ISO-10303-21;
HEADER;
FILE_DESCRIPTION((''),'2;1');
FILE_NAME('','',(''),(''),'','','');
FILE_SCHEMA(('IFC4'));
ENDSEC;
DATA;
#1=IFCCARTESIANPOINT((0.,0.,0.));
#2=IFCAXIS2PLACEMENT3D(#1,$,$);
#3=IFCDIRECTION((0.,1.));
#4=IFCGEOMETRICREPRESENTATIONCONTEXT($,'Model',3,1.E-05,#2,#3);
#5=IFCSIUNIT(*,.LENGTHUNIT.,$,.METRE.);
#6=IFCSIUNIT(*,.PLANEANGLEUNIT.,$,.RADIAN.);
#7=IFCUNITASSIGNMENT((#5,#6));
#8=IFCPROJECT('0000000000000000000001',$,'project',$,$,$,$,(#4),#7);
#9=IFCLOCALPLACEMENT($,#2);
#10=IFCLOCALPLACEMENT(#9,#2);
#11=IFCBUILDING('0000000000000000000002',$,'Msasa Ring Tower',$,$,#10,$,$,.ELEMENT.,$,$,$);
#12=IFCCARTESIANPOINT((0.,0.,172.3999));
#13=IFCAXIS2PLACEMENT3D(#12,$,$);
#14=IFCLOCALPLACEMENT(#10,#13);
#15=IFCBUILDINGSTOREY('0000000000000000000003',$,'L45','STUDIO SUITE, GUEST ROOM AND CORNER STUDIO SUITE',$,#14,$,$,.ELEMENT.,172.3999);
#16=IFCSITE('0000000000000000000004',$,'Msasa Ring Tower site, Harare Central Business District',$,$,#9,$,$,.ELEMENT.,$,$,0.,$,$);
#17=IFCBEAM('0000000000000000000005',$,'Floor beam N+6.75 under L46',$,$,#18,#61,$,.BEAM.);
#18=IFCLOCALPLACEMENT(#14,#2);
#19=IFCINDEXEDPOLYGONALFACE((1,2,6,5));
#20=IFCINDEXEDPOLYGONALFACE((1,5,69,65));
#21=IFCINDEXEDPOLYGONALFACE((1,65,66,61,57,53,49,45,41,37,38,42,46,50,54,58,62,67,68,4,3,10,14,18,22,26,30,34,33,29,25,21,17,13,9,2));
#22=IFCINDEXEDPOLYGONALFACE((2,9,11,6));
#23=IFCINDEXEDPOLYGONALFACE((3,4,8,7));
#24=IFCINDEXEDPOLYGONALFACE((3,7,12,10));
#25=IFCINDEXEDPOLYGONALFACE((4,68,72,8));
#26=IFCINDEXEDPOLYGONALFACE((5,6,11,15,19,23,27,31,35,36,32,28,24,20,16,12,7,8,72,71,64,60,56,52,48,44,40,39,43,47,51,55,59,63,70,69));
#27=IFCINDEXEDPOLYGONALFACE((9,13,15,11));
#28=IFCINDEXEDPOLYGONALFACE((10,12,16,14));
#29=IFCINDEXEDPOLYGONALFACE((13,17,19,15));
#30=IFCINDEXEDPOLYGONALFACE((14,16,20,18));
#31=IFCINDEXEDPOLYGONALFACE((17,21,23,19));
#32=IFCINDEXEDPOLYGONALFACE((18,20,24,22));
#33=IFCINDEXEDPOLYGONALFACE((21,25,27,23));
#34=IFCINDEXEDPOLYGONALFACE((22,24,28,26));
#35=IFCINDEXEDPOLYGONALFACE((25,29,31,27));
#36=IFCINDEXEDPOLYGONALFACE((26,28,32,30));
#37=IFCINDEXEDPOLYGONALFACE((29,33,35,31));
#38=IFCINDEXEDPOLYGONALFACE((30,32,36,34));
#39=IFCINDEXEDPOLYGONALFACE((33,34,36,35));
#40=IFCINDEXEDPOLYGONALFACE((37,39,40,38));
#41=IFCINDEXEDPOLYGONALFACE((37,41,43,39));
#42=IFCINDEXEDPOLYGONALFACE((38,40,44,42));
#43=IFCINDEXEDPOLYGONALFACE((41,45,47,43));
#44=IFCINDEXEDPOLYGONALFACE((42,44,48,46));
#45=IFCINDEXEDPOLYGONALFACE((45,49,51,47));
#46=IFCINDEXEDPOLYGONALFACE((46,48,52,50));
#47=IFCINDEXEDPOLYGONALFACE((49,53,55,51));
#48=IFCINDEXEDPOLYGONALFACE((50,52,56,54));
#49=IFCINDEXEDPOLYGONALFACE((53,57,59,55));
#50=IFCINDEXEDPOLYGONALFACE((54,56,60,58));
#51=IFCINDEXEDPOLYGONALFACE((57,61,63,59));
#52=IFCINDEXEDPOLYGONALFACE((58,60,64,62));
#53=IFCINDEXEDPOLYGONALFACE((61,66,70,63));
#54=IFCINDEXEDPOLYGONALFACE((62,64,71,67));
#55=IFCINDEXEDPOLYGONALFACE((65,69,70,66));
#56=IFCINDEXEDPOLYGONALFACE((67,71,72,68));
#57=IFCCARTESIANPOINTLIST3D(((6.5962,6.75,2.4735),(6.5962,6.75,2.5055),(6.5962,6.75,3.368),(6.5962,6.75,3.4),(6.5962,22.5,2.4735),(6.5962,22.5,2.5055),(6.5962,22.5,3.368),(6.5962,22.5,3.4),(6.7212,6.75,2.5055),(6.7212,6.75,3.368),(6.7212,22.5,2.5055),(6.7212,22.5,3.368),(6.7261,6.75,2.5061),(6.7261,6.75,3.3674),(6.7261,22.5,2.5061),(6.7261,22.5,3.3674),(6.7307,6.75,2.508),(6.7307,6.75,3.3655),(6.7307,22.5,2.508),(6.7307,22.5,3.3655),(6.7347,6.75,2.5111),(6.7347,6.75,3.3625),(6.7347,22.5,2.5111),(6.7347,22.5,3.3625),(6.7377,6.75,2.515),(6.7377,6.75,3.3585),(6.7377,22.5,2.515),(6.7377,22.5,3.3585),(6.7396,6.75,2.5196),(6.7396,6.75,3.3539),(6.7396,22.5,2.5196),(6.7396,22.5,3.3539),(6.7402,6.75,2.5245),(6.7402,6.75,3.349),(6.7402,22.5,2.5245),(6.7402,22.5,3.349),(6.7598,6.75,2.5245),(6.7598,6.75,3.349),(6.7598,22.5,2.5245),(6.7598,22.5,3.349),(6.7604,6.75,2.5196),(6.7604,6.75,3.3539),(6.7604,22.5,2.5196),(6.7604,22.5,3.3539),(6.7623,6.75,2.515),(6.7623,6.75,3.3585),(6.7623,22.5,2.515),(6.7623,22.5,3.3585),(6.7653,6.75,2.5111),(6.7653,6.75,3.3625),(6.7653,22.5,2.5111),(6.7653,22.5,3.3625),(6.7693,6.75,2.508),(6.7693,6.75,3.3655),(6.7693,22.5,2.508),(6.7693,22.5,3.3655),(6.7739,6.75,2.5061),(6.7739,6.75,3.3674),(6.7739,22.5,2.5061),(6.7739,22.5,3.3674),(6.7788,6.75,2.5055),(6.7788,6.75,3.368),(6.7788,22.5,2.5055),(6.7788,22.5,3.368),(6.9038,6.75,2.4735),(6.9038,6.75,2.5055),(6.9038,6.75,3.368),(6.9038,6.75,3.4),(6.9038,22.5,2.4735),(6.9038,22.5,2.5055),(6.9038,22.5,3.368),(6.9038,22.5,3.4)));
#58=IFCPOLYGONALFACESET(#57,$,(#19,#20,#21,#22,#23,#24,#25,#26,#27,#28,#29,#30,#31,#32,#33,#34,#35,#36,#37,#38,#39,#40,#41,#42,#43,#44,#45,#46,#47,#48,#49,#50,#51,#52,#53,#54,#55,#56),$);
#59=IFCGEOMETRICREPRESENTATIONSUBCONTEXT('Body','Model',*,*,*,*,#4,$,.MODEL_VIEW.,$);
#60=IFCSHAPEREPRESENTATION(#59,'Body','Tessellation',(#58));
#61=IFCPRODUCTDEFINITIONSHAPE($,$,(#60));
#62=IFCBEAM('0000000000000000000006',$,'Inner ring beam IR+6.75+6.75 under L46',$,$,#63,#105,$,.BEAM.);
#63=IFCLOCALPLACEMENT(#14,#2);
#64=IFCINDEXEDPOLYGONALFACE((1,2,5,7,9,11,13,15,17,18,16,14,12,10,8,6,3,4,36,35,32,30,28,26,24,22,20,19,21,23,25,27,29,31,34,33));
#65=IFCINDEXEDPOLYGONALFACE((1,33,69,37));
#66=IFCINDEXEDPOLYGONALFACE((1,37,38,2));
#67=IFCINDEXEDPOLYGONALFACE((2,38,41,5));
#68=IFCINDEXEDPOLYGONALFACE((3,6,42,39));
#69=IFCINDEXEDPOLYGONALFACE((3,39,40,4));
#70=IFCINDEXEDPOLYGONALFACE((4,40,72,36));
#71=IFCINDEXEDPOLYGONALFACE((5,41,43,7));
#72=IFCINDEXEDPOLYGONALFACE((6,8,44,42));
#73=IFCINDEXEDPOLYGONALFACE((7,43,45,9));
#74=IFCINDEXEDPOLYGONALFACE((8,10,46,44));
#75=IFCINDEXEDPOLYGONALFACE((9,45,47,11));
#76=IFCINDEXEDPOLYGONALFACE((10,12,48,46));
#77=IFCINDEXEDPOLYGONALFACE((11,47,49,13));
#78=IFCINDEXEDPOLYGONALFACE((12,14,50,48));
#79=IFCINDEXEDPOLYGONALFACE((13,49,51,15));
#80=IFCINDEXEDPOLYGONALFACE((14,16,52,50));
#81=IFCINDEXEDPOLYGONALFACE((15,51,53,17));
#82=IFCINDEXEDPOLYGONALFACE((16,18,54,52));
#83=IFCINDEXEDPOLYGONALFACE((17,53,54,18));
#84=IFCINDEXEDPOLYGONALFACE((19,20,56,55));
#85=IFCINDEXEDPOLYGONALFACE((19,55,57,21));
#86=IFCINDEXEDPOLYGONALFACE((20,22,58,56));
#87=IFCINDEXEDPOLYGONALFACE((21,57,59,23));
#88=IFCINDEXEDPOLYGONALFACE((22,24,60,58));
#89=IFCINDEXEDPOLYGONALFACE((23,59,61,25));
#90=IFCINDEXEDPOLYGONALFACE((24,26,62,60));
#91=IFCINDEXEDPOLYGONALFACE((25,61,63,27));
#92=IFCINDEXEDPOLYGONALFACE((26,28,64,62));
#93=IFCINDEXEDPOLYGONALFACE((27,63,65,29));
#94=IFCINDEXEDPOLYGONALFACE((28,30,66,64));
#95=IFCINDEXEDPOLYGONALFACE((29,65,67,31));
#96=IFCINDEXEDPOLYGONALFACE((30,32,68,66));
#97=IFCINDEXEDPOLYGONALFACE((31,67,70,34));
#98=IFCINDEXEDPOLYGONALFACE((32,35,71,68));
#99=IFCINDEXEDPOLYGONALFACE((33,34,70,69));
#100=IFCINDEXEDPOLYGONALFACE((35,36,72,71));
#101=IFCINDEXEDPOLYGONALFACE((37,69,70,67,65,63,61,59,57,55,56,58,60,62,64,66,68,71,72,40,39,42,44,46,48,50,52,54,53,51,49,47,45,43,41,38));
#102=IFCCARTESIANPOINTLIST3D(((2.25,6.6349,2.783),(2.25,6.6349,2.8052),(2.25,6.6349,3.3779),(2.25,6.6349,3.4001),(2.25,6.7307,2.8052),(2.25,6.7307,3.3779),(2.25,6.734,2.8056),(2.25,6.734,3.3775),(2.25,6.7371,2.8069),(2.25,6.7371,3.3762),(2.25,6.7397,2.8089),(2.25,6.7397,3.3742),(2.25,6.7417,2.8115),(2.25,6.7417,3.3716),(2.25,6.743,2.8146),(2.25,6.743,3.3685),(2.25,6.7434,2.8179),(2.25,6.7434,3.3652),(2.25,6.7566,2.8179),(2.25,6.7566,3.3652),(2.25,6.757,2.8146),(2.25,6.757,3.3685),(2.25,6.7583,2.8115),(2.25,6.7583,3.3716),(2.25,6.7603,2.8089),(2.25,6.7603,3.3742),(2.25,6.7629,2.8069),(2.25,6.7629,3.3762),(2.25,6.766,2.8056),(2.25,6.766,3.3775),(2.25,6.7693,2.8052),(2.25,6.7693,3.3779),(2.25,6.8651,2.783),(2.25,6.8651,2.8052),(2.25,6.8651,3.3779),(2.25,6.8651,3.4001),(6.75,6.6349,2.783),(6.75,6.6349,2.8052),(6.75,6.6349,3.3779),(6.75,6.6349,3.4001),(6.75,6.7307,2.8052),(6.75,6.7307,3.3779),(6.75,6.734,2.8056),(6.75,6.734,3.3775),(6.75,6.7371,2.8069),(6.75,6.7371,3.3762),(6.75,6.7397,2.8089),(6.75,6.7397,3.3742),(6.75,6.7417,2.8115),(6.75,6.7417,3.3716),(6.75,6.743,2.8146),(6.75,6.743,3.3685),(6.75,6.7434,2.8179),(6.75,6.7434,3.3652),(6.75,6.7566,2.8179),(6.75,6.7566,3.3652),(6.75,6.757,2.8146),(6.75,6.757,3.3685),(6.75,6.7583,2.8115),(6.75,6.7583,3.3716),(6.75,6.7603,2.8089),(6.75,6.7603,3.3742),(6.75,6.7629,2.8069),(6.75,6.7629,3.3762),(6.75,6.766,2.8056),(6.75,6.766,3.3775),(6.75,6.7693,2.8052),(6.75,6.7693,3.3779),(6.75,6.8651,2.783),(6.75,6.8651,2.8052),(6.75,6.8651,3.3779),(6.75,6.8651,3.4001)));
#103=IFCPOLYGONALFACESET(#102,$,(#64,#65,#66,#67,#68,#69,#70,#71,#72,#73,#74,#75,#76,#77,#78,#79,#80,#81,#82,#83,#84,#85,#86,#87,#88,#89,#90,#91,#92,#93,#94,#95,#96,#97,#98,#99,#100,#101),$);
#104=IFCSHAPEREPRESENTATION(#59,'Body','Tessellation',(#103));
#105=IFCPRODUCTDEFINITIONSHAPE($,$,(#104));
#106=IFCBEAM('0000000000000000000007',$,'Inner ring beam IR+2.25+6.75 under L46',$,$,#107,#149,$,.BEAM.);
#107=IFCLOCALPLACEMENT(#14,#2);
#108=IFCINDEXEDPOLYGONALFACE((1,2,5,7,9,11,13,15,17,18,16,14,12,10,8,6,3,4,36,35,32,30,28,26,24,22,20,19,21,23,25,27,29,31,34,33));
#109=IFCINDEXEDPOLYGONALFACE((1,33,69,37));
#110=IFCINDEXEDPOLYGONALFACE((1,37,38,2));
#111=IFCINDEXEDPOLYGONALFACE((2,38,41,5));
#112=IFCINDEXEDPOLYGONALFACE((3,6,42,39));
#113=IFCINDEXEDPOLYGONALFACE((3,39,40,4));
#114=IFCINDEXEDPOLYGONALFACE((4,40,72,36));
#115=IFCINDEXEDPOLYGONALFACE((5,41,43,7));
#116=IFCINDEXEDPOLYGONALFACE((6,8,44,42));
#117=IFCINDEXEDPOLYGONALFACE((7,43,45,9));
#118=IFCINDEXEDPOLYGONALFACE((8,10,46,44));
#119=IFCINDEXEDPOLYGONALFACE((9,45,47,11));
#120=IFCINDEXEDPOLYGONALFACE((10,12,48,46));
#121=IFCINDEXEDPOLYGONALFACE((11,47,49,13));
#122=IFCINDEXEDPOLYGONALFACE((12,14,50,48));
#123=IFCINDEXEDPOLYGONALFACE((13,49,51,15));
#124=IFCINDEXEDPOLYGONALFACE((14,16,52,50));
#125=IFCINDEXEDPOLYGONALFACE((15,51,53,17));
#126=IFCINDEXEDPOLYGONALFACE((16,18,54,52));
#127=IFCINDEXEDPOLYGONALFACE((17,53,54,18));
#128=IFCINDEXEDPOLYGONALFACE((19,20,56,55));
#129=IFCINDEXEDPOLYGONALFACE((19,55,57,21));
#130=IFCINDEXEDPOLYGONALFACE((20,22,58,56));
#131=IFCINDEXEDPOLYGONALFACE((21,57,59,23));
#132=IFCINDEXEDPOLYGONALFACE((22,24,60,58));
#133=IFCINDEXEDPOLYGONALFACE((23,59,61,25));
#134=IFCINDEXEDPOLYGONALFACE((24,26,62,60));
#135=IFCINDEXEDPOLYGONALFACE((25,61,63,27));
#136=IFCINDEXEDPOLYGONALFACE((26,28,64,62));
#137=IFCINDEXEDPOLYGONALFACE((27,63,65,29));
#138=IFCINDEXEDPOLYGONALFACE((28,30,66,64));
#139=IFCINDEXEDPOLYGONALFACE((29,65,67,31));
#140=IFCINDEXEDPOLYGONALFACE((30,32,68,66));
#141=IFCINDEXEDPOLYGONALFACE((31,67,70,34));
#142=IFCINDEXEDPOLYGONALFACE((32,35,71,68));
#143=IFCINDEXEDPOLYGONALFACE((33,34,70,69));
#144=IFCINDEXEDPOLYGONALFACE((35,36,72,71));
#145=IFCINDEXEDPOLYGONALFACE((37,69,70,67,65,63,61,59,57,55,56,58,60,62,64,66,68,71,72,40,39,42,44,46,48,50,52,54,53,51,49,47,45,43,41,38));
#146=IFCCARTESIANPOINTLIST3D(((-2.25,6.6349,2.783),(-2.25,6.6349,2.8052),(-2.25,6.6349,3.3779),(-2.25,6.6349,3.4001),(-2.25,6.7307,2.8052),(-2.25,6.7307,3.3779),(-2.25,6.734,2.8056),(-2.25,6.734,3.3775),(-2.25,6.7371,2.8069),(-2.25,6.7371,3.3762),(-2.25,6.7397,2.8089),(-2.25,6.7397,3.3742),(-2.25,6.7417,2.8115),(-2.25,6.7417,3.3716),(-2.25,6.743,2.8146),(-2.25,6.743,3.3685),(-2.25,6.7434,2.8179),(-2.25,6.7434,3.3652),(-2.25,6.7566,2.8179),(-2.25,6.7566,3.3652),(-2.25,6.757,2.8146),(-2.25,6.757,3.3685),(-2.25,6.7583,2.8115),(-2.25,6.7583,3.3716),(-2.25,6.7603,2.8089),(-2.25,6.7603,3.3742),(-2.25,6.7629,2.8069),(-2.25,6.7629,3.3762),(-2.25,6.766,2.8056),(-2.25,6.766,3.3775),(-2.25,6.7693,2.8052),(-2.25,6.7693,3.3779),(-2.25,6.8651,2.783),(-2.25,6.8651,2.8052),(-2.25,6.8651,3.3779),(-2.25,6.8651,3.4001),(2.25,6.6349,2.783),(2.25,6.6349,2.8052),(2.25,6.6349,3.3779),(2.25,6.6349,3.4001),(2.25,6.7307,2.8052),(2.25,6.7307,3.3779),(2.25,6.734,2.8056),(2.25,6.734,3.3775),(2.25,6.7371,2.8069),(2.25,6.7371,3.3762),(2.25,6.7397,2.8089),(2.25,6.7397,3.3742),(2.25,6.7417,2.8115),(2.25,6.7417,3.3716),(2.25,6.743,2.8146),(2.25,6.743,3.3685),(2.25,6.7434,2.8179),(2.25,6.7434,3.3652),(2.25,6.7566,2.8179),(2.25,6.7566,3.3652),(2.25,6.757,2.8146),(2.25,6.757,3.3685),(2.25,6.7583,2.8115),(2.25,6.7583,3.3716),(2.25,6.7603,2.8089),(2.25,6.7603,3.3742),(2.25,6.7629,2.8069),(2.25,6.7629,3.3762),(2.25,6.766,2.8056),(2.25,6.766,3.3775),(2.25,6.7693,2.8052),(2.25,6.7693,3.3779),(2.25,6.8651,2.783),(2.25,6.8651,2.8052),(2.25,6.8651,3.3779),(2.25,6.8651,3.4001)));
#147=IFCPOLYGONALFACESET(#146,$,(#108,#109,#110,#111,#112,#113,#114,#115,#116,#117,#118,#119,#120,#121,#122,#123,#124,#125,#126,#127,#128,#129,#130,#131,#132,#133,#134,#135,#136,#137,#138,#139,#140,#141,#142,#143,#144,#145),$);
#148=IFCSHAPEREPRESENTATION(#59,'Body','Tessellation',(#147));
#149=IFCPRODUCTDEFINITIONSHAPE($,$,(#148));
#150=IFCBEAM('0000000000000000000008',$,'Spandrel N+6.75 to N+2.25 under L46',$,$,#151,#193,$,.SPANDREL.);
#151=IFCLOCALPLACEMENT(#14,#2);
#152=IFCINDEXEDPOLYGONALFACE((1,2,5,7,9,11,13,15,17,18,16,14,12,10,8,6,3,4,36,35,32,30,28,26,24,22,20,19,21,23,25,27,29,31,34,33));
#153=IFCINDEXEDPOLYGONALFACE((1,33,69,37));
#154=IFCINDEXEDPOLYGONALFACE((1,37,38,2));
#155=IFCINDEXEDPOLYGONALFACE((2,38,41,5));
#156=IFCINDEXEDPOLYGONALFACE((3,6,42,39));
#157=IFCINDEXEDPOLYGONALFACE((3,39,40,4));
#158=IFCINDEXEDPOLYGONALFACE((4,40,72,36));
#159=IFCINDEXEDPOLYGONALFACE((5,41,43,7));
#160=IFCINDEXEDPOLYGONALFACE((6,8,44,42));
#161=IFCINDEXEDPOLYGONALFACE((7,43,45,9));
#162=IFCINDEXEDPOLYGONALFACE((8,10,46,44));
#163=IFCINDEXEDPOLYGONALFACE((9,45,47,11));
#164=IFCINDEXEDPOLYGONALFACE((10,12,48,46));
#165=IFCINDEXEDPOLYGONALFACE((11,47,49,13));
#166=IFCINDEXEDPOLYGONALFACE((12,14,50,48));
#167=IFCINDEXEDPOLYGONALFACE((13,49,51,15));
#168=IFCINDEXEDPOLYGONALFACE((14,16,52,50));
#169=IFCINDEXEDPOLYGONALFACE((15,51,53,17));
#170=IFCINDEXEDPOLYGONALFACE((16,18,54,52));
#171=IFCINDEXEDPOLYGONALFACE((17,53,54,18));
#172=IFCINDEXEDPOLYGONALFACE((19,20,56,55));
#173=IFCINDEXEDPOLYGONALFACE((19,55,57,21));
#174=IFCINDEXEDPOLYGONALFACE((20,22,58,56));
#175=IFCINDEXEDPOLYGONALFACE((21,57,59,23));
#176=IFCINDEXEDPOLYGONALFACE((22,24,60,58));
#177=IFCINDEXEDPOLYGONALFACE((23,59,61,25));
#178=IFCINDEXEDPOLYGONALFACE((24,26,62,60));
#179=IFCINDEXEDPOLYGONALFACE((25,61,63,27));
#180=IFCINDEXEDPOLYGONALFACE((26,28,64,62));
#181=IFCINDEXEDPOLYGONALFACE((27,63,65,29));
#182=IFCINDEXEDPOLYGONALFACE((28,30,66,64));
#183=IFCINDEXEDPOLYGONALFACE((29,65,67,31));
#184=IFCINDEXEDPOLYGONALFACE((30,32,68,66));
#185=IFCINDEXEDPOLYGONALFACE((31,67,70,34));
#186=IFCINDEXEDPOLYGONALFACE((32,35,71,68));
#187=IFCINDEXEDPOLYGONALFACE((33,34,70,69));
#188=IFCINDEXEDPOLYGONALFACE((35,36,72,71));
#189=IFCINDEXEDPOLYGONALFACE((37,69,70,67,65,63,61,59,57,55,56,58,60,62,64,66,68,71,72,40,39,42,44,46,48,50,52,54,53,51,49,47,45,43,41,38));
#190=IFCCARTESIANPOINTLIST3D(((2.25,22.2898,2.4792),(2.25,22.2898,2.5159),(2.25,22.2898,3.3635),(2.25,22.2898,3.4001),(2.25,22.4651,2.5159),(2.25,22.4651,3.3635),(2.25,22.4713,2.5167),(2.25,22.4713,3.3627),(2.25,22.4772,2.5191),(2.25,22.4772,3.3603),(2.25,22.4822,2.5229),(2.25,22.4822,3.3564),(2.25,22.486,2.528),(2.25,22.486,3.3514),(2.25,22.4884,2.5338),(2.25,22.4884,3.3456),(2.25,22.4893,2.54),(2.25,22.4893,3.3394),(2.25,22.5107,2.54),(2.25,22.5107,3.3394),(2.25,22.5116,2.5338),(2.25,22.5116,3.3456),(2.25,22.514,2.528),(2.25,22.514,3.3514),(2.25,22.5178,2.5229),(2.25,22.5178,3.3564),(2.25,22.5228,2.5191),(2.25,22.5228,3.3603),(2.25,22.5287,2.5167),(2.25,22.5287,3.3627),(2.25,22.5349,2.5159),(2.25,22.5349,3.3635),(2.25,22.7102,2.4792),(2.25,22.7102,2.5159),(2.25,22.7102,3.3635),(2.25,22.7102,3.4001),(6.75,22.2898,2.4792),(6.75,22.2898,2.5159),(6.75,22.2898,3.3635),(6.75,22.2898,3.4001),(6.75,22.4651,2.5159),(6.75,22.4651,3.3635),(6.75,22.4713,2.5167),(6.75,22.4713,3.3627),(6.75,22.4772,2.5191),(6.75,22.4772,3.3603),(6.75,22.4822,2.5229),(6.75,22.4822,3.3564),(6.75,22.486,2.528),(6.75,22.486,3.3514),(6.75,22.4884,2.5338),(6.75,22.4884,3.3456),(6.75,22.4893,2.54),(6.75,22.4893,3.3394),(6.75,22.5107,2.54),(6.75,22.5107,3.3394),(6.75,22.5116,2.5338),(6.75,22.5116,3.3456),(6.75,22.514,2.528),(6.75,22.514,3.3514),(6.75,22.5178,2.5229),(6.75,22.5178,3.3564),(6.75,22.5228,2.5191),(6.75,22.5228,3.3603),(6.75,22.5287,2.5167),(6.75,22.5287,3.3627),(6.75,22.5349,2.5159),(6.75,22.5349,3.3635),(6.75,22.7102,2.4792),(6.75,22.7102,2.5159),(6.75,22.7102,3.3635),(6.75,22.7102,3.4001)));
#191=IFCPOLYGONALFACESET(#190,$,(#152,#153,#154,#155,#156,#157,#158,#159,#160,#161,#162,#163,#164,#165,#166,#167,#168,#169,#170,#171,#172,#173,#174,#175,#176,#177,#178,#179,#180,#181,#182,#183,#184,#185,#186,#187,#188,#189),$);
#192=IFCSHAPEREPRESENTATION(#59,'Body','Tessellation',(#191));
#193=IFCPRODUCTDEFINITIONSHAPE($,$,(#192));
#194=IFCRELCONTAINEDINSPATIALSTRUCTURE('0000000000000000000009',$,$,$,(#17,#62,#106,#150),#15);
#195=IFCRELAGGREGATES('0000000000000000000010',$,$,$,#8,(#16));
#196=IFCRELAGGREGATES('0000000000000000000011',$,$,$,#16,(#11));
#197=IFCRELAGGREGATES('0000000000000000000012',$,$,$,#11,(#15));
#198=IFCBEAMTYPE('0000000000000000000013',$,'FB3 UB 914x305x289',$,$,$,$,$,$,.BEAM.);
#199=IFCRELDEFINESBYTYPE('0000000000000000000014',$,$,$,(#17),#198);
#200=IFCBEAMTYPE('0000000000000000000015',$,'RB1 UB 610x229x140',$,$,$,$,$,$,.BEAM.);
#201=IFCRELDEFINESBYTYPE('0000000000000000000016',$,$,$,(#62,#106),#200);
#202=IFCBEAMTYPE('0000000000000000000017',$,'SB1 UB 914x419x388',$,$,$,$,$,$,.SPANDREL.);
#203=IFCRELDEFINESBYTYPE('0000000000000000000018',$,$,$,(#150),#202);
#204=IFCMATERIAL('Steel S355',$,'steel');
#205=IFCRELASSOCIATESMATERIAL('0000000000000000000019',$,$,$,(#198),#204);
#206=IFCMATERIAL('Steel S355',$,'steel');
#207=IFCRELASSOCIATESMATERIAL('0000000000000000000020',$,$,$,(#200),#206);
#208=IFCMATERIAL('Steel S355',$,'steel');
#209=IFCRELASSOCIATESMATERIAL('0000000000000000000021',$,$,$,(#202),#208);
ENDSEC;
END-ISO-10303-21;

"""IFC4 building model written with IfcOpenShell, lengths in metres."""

from ifc_helpers import new_model, si_unit, direction, frame, origin, origin_2d, place, context, subcontext, project, spatial, i_section, extrude, material, material_profile, profile_set, type_object, element, save


model = new_model("IFC4")

# Units and contexts
model_context = context("Model", 3, precision=1e-05, world=origin(), true_north=direction((0.0, 1.0)))
body_context = subcontext(model_context, "Body", "Model", "MODEL_VIEW")
ifc_project = project(units=[si_unit("LENGTHUNIT", "METRE"), si_unit("PLANEANGLEUNIT", "RADIAN")], contexts=[model_context])

# Site, building, storey
site_placement = place(None, origin())
site = spatial("IfcSite", under=ifc_project, at=site_placement, Name="Msasa Ring Tower site, Harare Central Business District", CompositionType="ELEMENT", RefElevation=0.0)
building_placement = place(site_placement, origin())
building = spatial("IfcBuilding", under=site, at=building_placement, Name="Msasa Ring Tower", CompositionType="ELEMENT")
storey_placement = place(building_placement, frame((0.0, 0.0, 172.3999)))
storey = spatial("IfcBuildingStorey", under=building, at=storey_placement, Name="L45", Description="STUDIO SUITE, GUEST ROOM AND CORNER STUDIO SUITE", CompositionType="ELEMENT", Elevation=172.3999)

# Beams
ifc_material_1 = material(Name="Steel S355", Category="steel")
ifc_material_profile_1 = material_profile(ifc_material_1, i_section(OverallWidth=0.3076, OverallDepth=0.9265, WebThickness=0.0195, FlangeThickness=0.032, FilletRadius=0.019, at=origin_2d()), Name="UB 914x305x289")
ifc_profile_set_1 = profile_set([ifc_material_profile_1], Name="Steel S355")
beam_type_1 = type_object("IfcBeamType", Name="FB3 UB 914x305x289", PredefinedType="BEAM", material=ifc_profile_set_1)
for number, where, z_axis, x_axis, name in (
    (1, (6.75, 22.5, 2.9368), (0.0, -1.0, 0.0), (1.0, 0.0, 0.0), "Floor beam N+6.75 under L46"),
):
    element("IfcBeam", number, at=place(storey_placement, frame(where, z_axis=z_axis, x_axis=x_axis)), inside=storey, type_object=beam_type_1, Name=name, PredefinedType="BEAM", context=body_context, shape_type="SweptSolid", body=[
        extrude(i_section(OverallWidth=0.3076, OverallDepth=0.9265, WebThickness=0.0195, FlangeThickness=0.032, FilletRadius=0.019, at=origin_2d()), origin(), (0.0, 0.0, 1.0), 15.75),
    ])
ifc_material_2 = material(Name="Steel S355", Category="steel")
ifc_material_profile_2 = material_profile(ifc_material_2, i_section(OverallWidth=0.2302, OverallDepth=0.6172, WebThickness=0.0132, FlangeThickness=0.0222, FilletRadius=0.0127, at=origin_2d()), Name="UB 610x229x140")
ifc_profile_set_2 = profile_set([ifc_material_profile_2], Name="Steel S355")
beam_type_2 = type_object("IfcBeamType", Name="RB1 UB 610x229x140", PredefinedType="BEAM", material=ifc_profile_set_2)
for number, where, z_axis, x_axis, name in (
    (2, (6.75, 6.75, 3.0916), (-1.0, 0.0, 0.0), (0.0, -1.0, 0.0), "Inner ring beam IR+6.75+6.75 under L46"),
    (3, (2.25, 6.75, 3.0916), (-1.0, 0.0, 0.0), (0.0, -1.0, 0.0), "Inner ring beam IR+2.25+6.75 under L46"),
):
    element("IfcBeam", number, at=place(storey_placement, frame(where, z_axis=z_axis, x_axis=x_axis)), inside=storey, type_object=beam_type_2, Name=name, PredefinedType="BEAM", context=body_context, shape_type="SweptSolid", body=[
        extrude(i_section(OverallWidth=0.2302, OverallDepth=0.6172, WebThickness=0.0132, FlangeThickness=0.0222, FilletRadius=0.0127, at=origin_2d()), origin(), (0.0, 0.0, 1.0), 4.5),
    ])
ifc_material_3 = material(Name="Steel S355", Category="steel")
ifc_material_profile_3 = material_profile(ifc_material_3, i_section(OverallWidth=0.4204, OverallDepth=0.9209, WebThickness=0.0215, FlangeThickness=0.0366, FilletRadius=0.0242, at=origin_2d()), Name="UB 914x419x388")
ifc_profile_set_3 = profile_set([ifc_material_profile_3], Name="Steel S355")
beam_type_3 = type_object("IfcBeamType", Name="SB1 UB 914x419x388", PredefinedType="SPANDREL", material=ifc_profile_set_3)
for number, where, z_axis, x_axis, name in (
    (4, (6.75, 22.5, 2.9397), (-1.0, 0.0, 0.0), (0.0, -1.0, 0.0), "Spandrel N+6.75 to N+2.25 under L46"),
):
    element("IfcBeam", number, at=place(storey_placement, frame(where, z_axis=z_axis, x_axis=x_axis)), inside=storey, type_object=beam_type_3, Name=name, PredefinedType="SPANDREL", context=body_context, shape_type="SweptSolid", body=[
        extrude(i_section(OverallWidth=0.4204, OverallDepth=0.9209, WebThickness=0.0215, FlangeThickness=0.0366, FilletRadius=0.0242, at=origin_2d()), origin(), (0.0, 0.0, 1.0), 4.5),
    ])

save(model, "model.ifc")
